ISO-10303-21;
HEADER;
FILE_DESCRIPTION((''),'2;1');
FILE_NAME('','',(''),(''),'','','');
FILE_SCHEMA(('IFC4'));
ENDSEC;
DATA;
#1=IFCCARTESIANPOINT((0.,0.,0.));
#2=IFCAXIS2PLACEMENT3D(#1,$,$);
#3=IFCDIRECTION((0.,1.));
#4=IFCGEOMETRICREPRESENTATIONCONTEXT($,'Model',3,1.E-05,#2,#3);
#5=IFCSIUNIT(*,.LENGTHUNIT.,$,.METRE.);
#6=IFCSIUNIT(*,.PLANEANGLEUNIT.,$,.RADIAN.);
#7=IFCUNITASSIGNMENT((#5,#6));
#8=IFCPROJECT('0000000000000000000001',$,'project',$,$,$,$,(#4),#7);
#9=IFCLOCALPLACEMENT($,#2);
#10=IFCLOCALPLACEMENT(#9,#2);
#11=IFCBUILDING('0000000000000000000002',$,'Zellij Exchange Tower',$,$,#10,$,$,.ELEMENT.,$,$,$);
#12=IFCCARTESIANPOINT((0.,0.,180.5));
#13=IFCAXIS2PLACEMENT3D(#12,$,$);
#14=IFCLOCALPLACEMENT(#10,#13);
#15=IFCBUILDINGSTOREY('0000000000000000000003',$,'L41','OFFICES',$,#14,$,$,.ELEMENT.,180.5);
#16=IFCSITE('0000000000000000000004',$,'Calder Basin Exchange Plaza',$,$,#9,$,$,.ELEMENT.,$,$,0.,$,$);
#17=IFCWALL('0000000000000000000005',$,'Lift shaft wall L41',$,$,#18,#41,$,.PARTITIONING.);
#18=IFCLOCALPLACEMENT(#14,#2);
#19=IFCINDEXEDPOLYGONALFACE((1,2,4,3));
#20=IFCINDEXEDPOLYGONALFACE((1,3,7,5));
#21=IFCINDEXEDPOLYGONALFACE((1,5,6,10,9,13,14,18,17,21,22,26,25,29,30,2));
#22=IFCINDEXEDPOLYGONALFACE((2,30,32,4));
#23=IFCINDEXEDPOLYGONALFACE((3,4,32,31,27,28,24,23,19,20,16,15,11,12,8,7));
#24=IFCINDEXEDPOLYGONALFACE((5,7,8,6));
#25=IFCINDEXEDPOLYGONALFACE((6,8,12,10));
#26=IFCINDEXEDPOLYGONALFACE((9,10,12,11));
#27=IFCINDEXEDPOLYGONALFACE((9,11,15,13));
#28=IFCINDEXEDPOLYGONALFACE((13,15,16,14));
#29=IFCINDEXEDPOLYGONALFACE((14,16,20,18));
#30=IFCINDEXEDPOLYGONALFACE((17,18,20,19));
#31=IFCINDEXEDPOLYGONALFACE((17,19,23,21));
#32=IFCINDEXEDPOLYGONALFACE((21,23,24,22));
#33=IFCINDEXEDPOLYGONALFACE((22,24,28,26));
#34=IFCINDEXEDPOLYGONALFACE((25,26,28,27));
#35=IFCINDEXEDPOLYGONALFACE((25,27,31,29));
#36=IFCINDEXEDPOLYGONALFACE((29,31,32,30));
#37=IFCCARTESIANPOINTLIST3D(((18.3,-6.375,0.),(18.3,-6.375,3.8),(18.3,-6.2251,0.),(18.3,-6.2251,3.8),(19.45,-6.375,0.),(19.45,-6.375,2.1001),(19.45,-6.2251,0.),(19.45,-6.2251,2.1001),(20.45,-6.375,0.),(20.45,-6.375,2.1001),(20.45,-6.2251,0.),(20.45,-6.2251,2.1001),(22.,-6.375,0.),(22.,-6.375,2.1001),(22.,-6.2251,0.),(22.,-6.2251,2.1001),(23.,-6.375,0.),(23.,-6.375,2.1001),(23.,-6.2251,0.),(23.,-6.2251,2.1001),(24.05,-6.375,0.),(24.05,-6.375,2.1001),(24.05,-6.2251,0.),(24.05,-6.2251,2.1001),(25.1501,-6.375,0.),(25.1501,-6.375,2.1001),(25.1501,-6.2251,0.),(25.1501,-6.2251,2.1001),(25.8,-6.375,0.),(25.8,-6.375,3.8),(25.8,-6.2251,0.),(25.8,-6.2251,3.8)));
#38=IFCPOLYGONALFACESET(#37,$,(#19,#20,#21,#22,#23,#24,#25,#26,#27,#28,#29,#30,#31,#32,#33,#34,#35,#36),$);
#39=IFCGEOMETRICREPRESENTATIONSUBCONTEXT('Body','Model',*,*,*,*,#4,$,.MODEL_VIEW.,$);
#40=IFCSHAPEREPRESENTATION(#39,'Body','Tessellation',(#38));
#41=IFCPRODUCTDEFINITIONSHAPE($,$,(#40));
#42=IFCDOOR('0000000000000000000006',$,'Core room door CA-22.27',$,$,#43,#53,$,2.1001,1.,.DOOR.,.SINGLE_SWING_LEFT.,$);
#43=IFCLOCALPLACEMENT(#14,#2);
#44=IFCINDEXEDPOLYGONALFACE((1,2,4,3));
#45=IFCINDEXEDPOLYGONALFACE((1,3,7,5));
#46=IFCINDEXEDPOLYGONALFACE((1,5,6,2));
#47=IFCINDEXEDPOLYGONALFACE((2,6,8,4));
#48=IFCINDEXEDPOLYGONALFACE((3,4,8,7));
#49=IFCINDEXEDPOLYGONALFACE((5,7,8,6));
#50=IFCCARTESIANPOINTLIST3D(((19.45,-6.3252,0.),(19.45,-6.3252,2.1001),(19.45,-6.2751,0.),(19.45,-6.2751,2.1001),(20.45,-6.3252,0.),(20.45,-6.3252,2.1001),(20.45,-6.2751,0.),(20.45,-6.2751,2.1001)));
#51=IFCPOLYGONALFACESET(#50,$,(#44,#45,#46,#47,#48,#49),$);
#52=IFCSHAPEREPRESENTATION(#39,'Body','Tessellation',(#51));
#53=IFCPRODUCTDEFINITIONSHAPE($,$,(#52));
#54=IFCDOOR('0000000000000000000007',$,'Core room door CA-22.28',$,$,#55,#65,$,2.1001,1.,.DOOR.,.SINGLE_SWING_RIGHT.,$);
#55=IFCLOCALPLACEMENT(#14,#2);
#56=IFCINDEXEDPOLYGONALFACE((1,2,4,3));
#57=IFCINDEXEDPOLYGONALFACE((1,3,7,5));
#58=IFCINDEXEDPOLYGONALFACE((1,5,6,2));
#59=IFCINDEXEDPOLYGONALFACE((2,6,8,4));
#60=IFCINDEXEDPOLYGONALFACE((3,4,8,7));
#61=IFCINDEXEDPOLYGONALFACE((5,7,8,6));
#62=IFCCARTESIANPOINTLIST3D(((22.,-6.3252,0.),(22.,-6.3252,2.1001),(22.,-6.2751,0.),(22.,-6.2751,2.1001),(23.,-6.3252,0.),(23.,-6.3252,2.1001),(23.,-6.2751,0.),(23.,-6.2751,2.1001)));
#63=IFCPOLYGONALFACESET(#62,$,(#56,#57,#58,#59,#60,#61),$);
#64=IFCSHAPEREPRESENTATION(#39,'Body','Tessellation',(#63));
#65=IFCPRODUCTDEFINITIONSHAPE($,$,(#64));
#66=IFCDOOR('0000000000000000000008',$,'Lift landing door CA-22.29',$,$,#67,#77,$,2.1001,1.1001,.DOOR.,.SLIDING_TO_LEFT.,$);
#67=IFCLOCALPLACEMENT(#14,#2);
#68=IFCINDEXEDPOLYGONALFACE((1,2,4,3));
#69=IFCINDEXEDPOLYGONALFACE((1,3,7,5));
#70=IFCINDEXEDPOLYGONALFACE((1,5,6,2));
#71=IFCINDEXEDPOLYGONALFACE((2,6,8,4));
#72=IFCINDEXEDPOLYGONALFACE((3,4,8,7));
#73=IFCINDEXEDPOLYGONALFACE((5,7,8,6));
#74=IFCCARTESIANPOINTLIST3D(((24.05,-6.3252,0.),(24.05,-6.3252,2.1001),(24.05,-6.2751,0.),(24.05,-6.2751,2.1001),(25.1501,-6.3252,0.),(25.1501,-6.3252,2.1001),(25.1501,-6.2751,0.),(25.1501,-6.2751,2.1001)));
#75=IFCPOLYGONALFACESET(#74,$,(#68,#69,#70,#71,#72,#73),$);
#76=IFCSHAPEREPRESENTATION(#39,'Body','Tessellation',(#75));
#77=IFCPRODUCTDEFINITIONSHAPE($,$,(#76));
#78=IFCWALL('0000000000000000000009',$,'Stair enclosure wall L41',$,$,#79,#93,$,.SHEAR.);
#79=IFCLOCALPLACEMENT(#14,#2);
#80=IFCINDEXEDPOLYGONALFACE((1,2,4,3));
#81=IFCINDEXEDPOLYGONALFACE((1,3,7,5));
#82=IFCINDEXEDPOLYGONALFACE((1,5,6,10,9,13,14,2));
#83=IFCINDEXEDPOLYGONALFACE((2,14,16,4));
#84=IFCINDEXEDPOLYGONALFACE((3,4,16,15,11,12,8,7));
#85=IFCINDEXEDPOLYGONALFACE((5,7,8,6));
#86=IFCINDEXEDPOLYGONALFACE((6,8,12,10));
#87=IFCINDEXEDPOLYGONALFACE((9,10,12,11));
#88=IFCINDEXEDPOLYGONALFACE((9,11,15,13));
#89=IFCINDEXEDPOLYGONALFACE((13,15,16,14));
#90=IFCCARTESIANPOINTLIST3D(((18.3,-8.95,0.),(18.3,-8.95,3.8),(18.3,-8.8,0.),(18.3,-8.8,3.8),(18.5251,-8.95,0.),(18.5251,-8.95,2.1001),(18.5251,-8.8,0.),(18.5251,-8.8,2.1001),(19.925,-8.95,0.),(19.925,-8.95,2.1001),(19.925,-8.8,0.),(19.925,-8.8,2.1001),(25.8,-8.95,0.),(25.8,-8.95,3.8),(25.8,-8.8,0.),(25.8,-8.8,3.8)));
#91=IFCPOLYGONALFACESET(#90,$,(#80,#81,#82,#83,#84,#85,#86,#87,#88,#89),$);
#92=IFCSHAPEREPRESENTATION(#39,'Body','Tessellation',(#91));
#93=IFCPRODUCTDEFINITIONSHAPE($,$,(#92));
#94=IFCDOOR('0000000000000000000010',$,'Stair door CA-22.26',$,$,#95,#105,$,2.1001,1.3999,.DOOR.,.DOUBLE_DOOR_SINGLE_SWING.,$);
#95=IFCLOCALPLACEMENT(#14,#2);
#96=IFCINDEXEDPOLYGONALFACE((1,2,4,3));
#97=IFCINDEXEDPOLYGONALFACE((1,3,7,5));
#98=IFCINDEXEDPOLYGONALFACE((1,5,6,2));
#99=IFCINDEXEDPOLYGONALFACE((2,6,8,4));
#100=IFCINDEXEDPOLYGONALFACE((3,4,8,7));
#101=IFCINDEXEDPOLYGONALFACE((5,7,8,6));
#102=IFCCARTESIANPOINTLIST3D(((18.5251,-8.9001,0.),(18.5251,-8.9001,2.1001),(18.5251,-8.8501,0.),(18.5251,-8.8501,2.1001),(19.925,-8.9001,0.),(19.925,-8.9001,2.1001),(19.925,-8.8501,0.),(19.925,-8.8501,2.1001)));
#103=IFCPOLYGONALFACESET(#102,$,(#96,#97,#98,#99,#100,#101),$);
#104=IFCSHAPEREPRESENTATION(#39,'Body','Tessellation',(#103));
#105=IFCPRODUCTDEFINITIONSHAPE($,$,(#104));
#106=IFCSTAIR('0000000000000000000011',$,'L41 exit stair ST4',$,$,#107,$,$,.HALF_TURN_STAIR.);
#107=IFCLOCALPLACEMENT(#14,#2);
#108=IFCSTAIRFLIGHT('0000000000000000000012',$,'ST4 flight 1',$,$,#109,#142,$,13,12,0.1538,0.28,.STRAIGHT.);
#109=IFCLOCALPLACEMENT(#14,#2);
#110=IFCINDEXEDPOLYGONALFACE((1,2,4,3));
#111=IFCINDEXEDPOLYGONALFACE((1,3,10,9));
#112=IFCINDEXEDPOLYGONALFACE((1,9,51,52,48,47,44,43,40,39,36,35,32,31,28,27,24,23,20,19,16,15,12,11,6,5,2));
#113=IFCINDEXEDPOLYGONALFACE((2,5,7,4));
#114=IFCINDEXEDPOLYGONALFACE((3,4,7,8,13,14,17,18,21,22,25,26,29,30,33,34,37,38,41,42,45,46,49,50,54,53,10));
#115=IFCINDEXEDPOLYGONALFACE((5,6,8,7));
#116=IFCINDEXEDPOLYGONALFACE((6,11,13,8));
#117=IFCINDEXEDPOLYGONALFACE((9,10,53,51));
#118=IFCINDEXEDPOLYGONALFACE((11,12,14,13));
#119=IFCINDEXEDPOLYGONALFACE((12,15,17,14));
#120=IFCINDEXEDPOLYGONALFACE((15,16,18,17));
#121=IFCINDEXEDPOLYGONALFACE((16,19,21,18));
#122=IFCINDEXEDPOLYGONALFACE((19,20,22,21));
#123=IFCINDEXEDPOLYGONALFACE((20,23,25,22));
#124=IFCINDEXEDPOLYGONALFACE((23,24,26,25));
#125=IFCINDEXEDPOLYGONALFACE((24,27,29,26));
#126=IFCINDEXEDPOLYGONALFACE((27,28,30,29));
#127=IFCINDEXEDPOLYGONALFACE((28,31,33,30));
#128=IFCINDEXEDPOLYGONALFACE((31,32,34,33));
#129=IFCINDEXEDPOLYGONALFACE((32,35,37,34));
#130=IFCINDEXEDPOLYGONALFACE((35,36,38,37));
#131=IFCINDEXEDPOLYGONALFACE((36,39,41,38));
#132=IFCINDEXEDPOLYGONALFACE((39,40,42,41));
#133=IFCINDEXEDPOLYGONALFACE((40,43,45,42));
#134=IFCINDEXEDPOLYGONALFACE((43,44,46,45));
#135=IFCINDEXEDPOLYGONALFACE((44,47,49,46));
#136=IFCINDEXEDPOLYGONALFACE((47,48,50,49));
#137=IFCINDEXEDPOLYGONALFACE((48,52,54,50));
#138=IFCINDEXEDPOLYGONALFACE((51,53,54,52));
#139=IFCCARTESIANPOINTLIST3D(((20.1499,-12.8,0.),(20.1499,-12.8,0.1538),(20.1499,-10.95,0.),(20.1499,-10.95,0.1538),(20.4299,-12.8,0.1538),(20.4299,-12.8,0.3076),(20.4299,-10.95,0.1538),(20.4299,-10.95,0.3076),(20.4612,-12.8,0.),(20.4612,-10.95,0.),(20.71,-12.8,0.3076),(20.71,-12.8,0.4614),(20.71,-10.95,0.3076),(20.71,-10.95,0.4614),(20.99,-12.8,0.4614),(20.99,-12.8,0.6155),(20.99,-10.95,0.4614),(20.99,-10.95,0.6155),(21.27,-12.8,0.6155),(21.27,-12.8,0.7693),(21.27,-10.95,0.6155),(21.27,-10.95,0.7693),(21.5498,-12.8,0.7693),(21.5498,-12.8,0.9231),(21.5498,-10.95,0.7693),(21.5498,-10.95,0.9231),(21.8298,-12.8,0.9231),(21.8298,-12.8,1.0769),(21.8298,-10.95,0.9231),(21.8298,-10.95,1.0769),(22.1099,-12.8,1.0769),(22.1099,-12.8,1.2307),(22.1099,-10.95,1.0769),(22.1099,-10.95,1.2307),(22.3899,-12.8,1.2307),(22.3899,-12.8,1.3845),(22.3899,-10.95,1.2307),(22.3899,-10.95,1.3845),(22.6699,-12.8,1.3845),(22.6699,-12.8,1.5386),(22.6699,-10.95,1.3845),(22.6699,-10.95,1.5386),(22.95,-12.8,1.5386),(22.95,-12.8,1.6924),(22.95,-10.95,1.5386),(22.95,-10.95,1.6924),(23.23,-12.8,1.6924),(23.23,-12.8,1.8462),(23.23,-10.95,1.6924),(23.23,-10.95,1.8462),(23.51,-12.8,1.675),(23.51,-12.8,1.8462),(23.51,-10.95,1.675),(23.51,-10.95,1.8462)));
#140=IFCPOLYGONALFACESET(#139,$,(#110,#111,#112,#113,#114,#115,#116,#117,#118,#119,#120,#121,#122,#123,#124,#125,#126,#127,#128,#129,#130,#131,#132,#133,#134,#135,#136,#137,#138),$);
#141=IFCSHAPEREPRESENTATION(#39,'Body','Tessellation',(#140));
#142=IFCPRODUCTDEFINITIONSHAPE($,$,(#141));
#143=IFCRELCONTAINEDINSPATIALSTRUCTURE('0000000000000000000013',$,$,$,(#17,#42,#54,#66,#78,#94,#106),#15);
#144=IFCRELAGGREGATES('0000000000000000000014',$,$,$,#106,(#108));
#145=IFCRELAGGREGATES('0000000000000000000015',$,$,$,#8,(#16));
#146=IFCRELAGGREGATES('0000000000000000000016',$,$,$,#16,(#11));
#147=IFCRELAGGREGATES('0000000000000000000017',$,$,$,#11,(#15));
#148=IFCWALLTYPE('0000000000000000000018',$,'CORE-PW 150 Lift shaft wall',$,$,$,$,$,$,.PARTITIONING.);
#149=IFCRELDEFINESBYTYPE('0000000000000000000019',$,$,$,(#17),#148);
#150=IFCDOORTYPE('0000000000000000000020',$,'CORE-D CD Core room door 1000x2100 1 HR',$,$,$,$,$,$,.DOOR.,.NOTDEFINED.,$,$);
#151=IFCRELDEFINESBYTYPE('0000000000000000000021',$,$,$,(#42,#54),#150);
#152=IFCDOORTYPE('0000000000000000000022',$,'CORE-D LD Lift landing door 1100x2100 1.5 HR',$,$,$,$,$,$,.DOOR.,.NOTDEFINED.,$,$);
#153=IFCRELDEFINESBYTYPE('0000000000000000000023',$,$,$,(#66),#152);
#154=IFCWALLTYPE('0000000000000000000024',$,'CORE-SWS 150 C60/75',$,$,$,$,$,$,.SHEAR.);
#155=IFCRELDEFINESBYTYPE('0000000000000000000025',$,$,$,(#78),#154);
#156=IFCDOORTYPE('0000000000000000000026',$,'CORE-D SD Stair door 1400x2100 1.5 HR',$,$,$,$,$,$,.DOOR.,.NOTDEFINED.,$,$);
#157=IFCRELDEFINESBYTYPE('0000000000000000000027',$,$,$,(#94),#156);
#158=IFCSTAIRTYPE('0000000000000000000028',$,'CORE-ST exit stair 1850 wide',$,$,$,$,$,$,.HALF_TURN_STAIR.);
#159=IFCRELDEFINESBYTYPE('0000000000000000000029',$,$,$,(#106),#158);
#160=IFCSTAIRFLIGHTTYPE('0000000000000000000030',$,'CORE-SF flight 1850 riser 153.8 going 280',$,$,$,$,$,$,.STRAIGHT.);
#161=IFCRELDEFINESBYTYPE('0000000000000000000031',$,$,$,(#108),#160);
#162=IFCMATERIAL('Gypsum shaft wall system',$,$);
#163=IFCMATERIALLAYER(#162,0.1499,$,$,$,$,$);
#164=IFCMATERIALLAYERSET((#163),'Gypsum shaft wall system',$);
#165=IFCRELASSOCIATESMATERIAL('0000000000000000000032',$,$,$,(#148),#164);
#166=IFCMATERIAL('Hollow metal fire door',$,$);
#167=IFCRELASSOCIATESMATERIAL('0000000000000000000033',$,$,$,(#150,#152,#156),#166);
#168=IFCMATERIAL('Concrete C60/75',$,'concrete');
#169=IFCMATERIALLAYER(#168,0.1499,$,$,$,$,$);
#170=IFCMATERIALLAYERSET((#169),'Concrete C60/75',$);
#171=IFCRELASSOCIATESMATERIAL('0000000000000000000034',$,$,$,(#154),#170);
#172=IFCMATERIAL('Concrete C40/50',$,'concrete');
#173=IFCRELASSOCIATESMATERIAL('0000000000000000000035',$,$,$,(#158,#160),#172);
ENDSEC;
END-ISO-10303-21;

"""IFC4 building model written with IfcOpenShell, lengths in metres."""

from ifc_helpers import new_model, si_unit, direction, frame, frame_2d, origin, place, context, subcontext, project, spatial, polyline, rectangle, outline, extrude, material, layer, layer_set, type_object, element, fill, aggregate, save


model = new_model("IFC4")

# Units and contexts
model_context = context("Model", 3, precision=1e-05, world=origin(), true_north=direction((0.0, 1.0)))
body_context = subcontext(model_context, "Body", "Model", "MODEL_VIEW")
ifc_project = project(units=[si_unit("LENGTHUNIT", "METRE"), si_unit("PLANEANGLEUNIT", "RADIAN")], contexts=[model_context])

# Site, building, storey
site_placement = place(None, origin())
site = spatial("IfcSite", under=ifc_project, at=site_placement, Name="Calder Basin Exchange Plaza", CompositionType="ELEMENT", RefElevation=0.0)
building_placement = place(site_placement, origin())
building = spatial("IfcBuilding", under=site, at=building_placement, Name="Zellij Exchange Tower", CompositionType="ELEMENT")
storey_placement = place(building_placement, frame((0.0, 0.0, 180.5)))
storey = spatial("IfcBuildingStorey", under=building, at=storey_placement, Name="L41", Description="OFFICES", CompositionType="ELEMENT", Elevation=180.5)

# Shared definitions
ifc_material_1 = material(Name="Concrete C60/75", Category="concrete")
ifc_material_2 = material(Name="Gypsum shaft wall system")
ifc_layer_1 = layer(ifc_material_2, 0.1499)
ifc_layer_set_1 = layer_set([ifc_layer_1], Name="Gypsum shaft wall system")
wall_type_1 = type_object("IfcWallType", Name="CORE-PW 150 Lift shaft wall", PredefinedType="PARTITIONING", material=ifc_layer_set_1)

# Wall, openings, doors
wall_1_placement = place(storey_placement, frame((18.3, -6.3, 0.0), z_axis=(0.0, 0.0, 1.0), x_axis=(1.0, 0.0, 0.0)))
wall_1 = element("IfcWall", 1, at=wall_1_placement, inside=storey, type_object=wall_type_1, Name="Lift shaft wall L41", PredefinedType="PARTITIONING", context=body_context, shape_type="SweptSolid", body=[
    extrude(rectangle(XDim=7.5, YDim=0.1499, at=frame_2d((3.75, 0.0))), origin(), (0.0, 0.0, 1.0), 3.8),
])
opening_1_placement = place(wall_1_placement, frame((1.1499, 0.0, 0.0)))
opening_1 = element("IfcOpeningElement", 2, at=opening_1_placement, cuts=wall_1, PredefinedType="OPENING", context=body_context, shape_type="SweptSolid", body=[
    extrude(rectangle(XDim=1.0, YDim=2.1001, at=frame_2d((0.5, 1.05))), frame((0.0, 0.0869, 0.0), z_axis=(0.0, -1.0, 0.0), x_axis=(1.0, 0.0, 0.0)), (0.0, 0.0, 1.0), 0.1738),
])
opening_2_placement = place(wall_1_placement, frame((3.7, 0.0, 0.0)))
opening_2 = element("IfcOpeningElement", 3, at=opening_2_placement, cuts=wall_1, PredefinedType="OPENING", context=body_context, shape_type="SweptSolid", body=[
    extrude(rectangle(XDim=1.0, YDim=2.1001, at=frame_2d((0.5, 1.05))), frame((0.0, 0.0869, 0.0), z_axis=(0.0, -1.0, 0.0), x_axis=(1.0, 0.0, 0.0)), (0.0, 0.0, 1.0), 0.1738),
])
opening_3_placement = place(wall_1_placement, frame((5.75, 0.0, 0.0)))
opening_3 = element("IfcOpeningElement", 4, at=opening_3_placement, cuts=wall_1, PredefinedType="OPENING", context=body_context, shape_type="SweptSolid", body=[
    extrude(rectangle(XDim=1.1001, YDim=2.1001, at=frame_2d((0.55, 1.05))), frame((0.0, 0.0869, 0.0), z_axis=(0.0, -1.0, 0.0), x_axis=(1.0, 0.0, 0.0)), (0.0, 0.0, 1.0), 0.1738),
])
ifc_material_3 = material(Name="Hollow metal fire door")
door_type_1 = type_object("IfcDoorType", Name="CORE-D CD Core room door 1000x2100 1 HR", OperationType="NOTDEFINED", PredefinedType="DOOR", material=ifc_material_3)
door_1_placement = place(opening_1_placement, origin())
door_1 = element("IfcDoor", 5, at=door_1_placement, inside=storey, type_object=door_type_1, Name="Core room door CA-22.27", OperationType="SINGLE_SWING_LEFT", OverallHeight=2.1001, OverallWidth=1.0, PredefinedType="DOOR", context=body_context, shape_type="SweptSolid", body=[
    extrude(rectangle(XDim=1.0, YDim=2.1001, at=frame_2d((0.5, 1.05))), frame((0.0, 0.0249, 0.0), z_axis=(0.0, -1.0, 0.0), x_axis=(1.0, 0.0, 0.0)), (0.0, 0.0, 1.0), 0.05),
])
fill(opening_1, door_1)
door_2_placement = place(opening_2_placement, origin())
door_2 = element("IfcDoor", 6, at=door_2_placement, inside=storey, type_object=door_type_1, Name="Core room door CA-22.28", OperationType="SINGLE_SWING_RIGHT", OverallHeight=2.1001, OverallWidth=1.0, PredefinedType="DOOR", context=body_context, shape_type="SweptSolid", body=[
    extrude(rectangle(XDim=1.0, YDim=2.1001, at=frame_2d((0.5, 1.05))), frame((0.0, 0.0249, 0.0), z_axis=(0.0, -1.0, 0.0), x_axis=(1.0, 0.0, 0.0)), (0.0, 0.0, 1.0), 0.05),
])
fill(opening_2, door_2)
door_type_2 = type_object("IfcDoorType", Name="CORE-D LD Lift landing door 1100x2100 1.5 HR", OperationType="NOTDEFINED", PredefinedType="DOOR", material=ifc_material_3)
door_3_placement = place(opening_3_placement, origin())
door_3 = element("IfcDoor", 7, at=door_3_placement, inside=storey, type_object=door_type_2, Name="Lift landing door CA-22.29", OperationType="SLIDING_TO_LEFT", OverallHeight=2.1001, OverallWidth=1.1001, PredefinedType="DOOR", context=body_context, shape_type="SweptSolid", body=[
    extrude(rectangle(XDim=1.1001, YDim=2.1001, at=frame_2d((0.55, 1.05))), frame((0.0, 0.0249, 0.0), z_axis=(0.0, -1.0, 0.0), x_axis=(1.0, 0.0, 0.0)), (0.0, 0.0, 1.0), 0.05),
])
fill(opening_3, door_3)

# Wall, opening, door
ifc_layer_2 = layer(ifc_material_1, 0.1499)
ifc_layer_set_2 = layer_set([ifc_layer_2], Name="Concrete C60/75")
wall_type_2 = type_object("IfcWallType", Name="CORE-SWS 150 C60/75", PredefinedType="SHEAR", material=ifc_layer_set_2)
wall_2_placement = place(storey_placement, frame((18.3, -8.875, 0.0), z_axis=(0.0, 0.0, 1.0), x_axis=(1.0, 0.0, 0.0)))
wall_2 = element("IfcWall", 8, at=wall_2_placement, inside=storey, type_object=wall_type_2, Name="Stair enclosure wall L41", PredefinedType="SHEAR", context=body_context, shape_type="SweptSolid", body=[
    extrude(rectangle(XDim=7.5, YDim=0.1499, at=frame_2d((3.75, 0.0))), origin(), (0.0, 0.0, 1.0), 3.8),
])
opening_4_placement = place(wall_2_placement, frame((0.2251, 0.0, 0.0)))
opening_4 = element("IfcOpeningElement", 9, at=opening_4_placement, cuts=wall_2, PredefinedType="OPENING", context=body_context, shape_type="SweptSolid", body=[
    extrude(rectangle(XDim=1.3999, YDim=2.1001, at=frame_2d((0.7, 1.05))), frame((0.0, 0.0869, 0.0), z_axis=(0.0, -1.0, 0.0), x_axis=(1.0, 0.0, 0.0)), (0.0, 0.0, 1.0), 0.1738),
])
door_type_3 = type_object("IfcDoorType", Name="CORE-D SD Stair door 1400x2100 1.5 HR", OperationType="NOTDEFINED", PredefinedType="DOOR", material=ifc_material_3)
door_4_placement = place(opening_4_placement, origin())
door_4 = element("IfcDoor", 10, at=door_4_placement, inside=storey, type_object=door_type_3, Name="Stair door CA-22.26", OperationType="DOUBLE_DOOR_SINGLE_SWING", OverallHeight=2.1001, OverallWidth=1.3999, PredefinedType="DOOR", context=body_context, shape_type="SweptSolid", body=[
    extrude(rectangle(XDim=1.3999, YDim=2.1001, at=frame_2d((0.7, 1.05))), frame((0.0, 0.0249, 0.0), z_axis=(0.0, -1.0, 0.0), x_axis=(1.0, 0.0, 0.0)), (0.0, 0.0, 1.0), 0.05),
])
fill(opening_4, door_4)

# Stair, stair flight
ifc_material_4 = material(Name="Concrete C40/50", Category="concrete")
stair_type = type_object("IfcStairType", Name="CORE-ST exit stair 1850 wide", PredefinedType="HALF_TURN_STAIR", material=ifc_material_4)
stair_placement = place(storey_placement, origin())
stair = element("IfcStair", 11, at=stair_placement, inside=storey, type_object=stair_type, Name="L41 exit stair ST4", PredefinedType="HALF_TURN_STAIR")
stair_flight_type = type_object("IfcStairFlightType", Name="CORE-SF flight 1850 riser 153.8 going 280", PredefinedType="STRAIGHT", material=ifc_material_4)
stair_flight_1_placement = place(storey_placement, frame((20.1499, -11.875, 0.0), z_axis=(0.0, 0.0, 1.0), x_axis=(1.0, 0.0, 0.0)))
stair_flight_1 = element("IfcStairFlight", 12, at=stair_flight_1_placement, type_object=stair_flight_type, Name="ST4 flight 1", NumberOfRisers=13, NumberOfTreads=12, PredefinedType="STRAIGHT", RiserHeight=0.1538, TreadLength=0.28, context=body_context, shape_type="SweptSolid", body=[
    extrude(outline(polyline([(0.0, 0.0), (0.0, 0.1538), (0.28, 0.1538), (0.28, 0.3076), (0.5601, 0.3076), (0.5601, 0.4614), (0.8401, 0.4614), (0.8401, 0.6155), (1.1201, 0.6155), (1.1201, 0.7693), (1.3999, 0.7693), (1.3999, 0.9231), (1.6799, 0.9231), (1.6799, 1.0769), (1.96, 1.0769), (1.96, 1.2307), (2.24, 1.2307), (2.24, 1.3845), (2.52, 1.3845), (2.52, 1.5386), (2.8, 1.5386), (2.8, 1.6924), (3.0801, 1.6924), (3.0801, 1.8462), (3.3601, 1.8462), (3.3601, 2.0), (3.3601, 1.675), (0.3113, 0.0), (0.0, 0.0)])), frame((0.0, 0.925, 0.0), z_axis=(0.0, -1.0, 0.0), x_axis=(1.0, 0.0, 0.0)), (0.0, 0.0, 1.0), 1.8501),
])
aggregate(stair, [stair_flight_1])

save(model, "model.ifc")
